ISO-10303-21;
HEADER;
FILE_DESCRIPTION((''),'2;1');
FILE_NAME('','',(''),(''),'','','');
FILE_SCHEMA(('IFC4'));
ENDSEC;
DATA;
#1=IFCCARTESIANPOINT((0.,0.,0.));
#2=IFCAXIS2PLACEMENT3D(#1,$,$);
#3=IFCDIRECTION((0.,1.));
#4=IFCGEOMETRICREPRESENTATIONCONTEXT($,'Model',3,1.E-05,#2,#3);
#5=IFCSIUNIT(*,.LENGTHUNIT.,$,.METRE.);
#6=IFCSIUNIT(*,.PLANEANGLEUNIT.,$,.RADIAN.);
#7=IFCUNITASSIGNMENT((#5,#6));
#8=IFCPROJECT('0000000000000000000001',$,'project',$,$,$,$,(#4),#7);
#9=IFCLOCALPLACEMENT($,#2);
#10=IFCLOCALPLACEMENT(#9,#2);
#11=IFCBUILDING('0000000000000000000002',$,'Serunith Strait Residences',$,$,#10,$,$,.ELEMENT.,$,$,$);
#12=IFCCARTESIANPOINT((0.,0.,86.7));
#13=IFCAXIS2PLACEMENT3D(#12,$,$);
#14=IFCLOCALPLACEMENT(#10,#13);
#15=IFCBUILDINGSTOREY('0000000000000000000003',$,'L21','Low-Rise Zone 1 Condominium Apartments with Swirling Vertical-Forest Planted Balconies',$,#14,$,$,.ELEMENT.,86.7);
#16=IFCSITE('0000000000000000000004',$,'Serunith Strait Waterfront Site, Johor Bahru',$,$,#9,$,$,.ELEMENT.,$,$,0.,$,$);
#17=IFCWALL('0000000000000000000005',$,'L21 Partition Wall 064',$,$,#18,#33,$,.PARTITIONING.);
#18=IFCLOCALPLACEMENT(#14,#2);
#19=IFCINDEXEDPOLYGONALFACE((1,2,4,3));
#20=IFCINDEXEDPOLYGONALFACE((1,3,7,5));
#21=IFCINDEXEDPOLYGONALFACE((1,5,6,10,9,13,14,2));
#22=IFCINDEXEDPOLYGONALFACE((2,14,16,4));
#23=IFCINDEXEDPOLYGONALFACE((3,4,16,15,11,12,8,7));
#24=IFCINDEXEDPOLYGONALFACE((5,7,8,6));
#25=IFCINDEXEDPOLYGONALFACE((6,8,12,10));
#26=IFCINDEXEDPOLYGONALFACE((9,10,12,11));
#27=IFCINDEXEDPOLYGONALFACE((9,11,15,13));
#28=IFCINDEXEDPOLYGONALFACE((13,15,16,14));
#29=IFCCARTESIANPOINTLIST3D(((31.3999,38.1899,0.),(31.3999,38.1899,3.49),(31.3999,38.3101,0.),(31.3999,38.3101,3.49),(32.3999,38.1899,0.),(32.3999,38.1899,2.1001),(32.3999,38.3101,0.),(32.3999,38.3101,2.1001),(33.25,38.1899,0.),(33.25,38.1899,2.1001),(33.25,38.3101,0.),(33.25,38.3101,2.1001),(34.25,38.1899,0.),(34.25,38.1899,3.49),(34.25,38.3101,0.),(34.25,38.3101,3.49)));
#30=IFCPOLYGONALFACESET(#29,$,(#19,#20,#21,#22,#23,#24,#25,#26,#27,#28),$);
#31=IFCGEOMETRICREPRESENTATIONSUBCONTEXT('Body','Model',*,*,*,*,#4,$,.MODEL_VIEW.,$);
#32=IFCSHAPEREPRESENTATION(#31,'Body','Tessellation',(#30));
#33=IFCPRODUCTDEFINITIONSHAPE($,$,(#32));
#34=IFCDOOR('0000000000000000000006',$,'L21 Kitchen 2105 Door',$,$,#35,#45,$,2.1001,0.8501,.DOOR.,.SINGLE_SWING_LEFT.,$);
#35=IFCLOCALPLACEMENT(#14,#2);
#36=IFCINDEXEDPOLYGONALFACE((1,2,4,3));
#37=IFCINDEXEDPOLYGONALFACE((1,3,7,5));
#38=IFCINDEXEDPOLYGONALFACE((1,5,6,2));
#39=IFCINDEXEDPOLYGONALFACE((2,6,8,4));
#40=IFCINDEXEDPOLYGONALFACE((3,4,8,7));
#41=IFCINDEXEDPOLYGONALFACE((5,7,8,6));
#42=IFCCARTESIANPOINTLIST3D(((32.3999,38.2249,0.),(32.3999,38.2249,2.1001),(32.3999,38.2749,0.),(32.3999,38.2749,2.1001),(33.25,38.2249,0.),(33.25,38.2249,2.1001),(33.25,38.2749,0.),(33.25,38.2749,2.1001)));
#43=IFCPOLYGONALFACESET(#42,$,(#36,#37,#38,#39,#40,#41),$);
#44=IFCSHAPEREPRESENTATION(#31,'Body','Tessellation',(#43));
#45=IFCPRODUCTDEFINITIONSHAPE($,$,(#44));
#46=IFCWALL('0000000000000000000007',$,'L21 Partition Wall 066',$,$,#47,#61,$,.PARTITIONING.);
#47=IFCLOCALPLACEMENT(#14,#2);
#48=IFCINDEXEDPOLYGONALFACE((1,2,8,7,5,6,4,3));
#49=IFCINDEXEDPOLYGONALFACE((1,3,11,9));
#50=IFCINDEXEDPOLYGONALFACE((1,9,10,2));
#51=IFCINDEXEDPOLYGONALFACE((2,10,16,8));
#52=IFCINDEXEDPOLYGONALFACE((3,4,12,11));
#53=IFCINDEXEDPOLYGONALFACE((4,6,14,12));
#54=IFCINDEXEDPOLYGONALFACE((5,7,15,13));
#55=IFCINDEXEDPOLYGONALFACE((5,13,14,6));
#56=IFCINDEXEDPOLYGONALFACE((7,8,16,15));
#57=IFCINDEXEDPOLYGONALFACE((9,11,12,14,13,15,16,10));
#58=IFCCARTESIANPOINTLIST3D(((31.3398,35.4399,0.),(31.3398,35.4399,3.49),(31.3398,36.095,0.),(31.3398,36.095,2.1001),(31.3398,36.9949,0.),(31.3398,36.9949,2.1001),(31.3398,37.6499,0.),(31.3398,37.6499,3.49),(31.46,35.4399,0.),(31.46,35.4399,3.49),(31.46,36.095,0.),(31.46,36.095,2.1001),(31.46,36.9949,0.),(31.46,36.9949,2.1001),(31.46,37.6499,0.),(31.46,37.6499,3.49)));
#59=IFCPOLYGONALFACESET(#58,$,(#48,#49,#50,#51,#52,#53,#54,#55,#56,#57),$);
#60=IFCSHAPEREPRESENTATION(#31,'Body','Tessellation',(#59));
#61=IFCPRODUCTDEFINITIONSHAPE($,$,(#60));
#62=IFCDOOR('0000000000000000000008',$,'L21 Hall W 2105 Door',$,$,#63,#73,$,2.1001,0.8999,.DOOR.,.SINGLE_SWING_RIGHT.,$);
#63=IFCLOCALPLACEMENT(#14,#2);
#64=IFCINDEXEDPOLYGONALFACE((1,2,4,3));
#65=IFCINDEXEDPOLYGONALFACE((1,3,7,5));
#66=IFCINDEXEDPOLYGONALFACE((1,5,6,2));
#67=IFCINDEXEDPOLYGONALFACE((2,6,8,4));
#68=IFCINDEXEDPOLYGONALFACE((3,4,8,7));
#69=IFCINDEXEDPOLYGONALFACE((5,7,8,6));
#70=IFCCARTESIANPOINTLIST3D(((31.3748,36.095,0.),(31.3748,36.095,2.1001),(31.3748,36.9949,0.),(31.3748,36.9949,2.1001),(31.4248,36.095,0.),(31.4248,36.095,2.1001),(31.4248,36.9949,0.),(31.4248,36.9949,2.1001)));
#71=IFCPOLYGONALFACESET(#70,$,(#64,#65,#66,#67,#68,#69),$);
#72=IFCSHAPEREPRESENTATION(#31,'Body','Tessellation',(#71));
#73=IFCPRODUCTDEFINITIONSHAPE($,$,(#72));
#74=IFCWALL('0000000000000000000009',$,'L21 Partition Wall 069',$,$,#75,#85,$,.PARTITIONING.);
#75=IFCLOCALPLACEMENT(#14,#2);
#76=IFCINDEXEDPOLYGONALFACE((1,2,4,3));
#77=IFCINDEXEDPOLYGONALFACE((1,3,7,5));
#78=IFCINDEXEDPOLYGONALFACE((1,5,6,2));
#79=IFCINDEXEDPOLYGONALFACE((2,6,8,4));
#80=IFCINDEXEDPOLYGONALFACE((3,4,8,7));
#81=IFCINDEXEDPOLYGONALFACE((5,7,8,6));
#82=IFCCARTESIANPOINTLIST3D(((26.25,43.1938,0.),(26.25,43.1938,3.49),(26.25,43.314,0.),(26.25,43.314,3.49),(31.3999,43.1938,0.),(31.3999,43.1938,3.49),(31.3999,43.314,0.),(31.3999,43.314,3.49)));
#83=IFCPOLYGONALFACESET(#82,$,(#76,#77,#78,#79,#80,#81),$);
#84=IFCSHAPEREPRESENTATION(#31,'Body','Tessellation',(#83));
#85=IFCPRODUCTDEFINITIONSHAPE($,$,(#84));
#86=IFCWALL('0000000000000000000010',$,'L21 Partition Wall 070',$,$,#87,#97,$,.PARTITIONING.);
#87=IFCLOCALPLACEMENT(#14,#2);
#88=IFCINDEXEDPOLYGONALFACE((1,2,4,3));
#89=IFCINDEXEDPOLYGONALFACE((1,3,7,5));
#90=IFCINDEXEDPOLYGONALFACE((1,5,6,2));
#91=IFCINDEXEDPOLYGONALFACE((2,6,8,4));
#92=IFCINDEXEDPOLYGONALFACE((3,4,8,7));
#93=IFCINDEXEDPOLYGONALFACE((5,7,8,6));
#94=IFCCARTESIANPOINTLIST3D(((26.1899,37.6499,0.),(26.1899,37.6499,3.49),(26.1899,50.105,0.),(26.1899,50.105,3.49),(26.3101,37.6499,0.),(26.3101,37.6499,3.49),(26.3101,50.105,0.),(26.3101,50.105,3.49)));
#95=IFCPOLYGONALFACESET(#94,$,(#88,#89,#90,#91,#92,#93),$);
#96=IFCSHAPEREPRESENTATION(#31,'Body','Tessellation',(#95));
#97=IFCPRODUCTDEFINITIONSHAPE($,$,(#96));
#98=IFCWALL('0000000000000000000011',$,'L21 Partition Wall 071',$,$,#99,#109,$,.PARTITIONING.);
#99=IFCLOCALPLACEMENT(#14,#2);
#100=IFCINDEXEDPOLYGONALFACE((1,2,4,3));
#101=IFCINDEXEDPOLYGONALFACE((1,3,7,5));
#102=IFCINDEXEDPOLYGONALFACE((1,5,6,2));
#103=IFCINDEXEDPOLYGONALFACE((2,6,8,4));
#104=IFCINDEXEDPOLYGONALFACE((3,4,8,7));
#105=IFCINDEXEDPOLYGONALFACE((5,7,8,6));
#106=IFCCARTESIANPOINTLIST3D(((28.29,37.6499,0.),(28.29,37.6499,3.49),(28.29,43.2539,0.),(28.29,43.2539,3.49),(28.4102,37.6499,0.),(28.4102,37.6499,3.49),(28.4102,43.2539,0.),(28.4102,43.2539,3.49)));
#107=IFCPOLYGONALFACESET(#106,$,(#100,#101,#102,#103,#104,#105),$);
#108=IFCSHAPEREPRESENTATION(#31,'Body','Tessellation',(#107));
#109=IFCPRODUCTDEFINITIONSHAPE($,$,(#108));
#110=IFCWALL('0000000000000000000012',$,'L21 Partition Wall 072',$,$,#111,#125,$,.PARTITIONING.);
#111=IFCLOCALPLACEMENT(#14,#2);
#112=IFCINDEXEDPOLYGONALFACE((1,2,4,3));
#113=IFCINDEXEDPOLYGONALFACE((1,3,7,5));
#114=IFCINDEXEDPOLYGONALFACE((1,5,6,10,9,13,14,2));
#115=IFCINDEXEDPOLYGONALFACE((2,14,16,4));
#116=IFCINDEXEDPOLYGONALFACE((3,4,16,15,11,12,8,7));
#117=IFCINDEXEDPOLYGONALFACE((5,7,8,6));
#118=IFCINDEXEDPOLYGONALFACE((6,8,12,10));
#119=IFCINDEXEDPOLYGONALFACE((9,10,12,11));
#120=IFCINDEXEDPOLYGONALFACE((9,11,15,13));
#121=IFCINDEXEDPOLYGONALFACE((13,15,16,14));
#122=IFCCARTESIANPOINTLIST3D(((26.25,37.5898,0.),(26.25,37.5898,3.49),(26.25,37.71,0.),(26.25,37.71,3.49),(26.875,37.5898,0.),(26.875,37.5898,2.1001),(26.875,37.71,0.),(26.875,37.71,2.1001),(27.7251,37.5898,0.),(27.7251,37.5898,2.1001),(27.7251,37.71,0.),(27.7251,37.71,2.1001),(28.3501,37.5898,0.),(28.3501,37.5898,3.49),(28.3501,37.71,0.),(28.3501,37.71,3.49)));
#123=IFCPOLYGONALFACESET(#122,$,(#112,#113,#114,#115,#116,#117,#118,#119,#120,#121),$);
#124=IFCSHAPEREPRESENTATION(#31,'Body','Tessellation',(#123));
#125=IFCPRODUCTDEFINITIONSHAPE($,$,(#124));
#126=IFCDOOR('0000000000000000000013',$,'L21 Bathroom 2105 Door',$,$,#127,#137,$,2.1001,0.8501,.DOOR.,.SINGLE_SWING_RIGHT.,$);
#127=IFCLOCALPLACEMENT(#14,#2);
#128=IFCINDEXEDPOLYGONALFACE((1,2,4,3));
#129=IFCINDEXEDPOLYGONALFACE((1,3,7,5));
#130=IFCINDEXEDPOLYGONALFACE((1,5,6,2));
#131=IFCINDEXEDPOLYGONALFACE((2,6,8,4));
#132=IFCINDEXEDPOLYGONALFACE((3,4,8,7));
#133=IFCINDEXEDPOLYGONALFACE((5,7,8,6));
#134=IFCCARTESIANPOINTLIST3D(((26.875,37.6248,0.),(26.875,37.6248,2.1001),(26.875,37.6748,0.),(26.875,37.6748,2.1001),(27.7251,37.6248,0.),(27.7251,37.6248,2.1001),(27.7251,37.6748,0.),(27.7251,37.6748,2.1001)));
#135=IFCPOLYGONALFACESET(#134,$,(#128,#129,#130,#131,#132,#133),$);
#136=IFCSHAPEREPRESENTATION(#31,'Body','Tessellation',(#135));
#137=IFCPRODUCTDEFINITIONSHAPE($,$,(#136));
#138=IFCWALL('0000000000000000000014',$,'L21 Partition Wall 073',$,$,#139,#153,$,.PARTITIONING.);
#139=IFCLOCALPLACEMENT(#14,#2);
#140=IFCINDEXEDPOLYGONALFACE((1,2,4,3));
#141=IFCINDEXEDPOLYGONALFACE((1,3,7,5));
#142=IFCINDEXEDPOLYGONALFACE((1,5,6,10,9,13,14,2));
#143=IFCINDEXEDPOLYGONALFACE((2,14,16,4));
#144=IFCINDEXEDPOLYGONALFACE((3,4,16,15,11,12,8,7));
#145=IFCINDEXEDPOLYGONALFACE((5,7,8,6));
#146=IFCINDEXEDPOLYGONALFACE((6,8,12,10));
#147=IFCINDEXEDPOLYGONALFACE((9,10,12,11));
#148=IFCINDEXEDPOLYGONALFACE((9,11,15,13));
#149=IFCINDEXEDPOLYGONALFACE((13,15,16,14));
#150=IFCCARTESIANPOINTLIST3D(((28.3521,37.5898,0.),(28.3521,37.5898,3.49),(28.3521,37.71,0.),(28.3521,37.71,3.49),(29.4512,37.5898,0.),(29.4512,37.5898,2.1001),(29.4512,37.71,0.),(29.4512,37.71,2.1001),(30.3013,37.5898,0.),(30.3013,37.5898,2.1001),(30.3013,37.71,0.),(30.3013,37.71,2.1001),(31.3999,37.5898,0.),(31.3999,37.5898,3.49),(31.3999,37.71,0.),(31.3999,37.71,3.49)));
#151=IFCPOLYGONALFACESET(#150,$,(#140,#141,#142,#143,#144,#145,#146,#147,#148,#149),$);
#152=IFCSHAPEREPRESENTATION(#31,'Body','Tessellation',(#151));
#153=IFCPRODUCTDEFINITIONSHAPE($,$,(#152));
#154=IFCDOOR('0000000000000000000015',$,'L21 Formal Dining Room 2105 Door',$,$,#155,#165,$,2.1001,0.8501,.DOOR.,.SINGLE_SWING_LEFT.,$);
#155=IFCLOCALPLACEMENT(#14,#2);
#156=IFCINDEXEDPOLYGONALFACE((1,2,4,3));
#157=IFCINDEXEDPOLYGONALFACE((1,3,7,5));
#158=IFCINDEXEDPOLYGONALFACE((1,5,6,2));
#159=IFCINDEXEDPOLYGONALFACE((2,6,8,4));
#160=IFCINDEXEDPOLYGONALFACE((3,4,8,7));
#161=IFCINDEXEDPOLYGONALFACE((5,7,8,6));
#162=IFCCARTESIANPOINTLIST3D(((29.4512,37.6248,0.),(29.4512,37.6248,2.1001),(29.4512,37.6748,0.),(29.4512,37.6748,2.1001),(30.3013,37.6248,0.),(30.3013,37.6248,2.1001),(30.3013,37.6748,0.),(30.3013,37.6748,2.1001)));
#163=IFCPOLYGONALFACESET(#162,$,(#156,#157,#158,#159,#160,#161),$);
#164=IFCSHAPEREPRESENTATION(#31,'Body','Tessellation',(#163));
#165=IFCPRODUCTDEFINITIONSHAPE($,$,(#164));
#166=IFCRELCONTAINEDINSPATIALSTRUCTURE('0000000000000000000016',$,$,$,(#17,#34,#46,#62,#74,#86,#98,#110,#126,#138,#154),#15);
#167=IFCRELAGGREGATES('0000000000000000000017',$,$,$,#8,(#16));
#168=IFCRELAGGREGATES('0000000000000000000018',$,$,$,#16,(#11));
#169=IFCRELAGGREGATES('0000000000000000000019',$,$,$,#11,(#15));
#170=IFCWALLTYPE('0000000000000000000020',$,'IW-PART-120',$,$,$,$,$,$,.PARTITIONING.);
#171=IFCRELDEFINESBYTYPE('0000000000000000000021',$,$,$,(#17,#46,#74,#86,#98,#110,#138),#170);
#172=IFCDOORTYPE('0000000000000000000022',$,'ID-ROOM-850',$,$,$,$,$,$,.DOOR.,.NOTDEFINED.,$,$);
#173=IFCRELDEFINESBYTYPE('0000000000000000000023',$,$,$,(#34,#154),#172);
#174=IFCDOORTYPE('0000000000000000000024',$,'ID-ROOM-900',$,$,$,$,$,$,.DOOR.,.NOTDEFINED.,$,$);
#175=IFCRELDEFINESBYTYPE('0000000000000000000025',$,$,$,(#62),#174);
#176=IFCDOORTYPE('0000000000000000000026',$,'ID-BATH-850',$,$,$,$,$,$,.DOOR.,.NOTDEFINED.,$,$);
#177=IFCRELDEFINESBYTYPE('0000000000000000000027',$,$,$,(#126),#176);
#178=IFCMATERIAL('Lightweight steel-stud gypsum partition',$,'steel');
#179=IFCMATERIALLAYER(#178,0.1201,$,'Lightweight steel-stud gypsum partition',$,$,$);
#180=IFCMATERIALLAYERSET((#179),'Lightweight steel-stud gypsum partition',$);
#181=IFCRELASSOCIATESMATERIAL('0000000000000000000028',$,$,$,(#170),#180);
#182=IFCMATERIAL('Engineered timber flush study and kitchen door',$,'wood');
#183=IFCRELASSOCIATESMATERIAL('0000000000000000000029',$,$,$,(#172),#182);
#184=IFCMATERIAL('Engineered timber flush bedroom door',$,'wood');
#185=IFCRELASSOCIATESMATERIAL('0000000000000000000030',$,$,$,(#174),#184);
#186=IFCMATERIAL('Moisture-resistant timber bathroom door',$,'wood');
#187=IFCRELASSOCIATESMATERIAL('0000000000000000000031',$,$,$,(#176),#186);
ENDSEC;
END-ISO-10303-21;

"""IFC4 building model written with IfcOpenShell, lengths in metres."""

from ifc_helpers import new_model, si_unit, direction, frame, frame_2d, origin, place, context, subcontext, project, spatial, rectangle, extrude, source, transform, mapped, material, layer, layer_set, type_object, element, fill, save


model = new_model("IFC4")

# Units and contexts
model_context = context("Model", 3, precision=1e-05, world=origin(), true_north=direction((0.0, 1.0)))
body_context = subcontext(model_context, "Body", "Model", "MODEL_VIEW")
ifc_project = project(units=[si_unit("LENGTHUNIT", "METRE"), si_unit("PLANEANGLEUNIT", "RADIAN")], contexts=[model_context])

# Site, building, storey
site_placement = place(None, origin())
site = spatial("IfcSite", under=ifc_project, at=site_placement, Name="Serunith Strait Waterfront Site, Johor Bahru", CompositionType="ELEMENT", RefElevation=0.0)
building_placement = place(site_placement, origin())
building = spatial("IfcBuilding", under=site, at=building_placement, Name="Serunith Strait Residences", CompositionType="ELEMENT")
storey_placement = place(building_placement, frame((0.0, 0.0, 86.7)))
storey = spatial("IfcBuildingStorey", under=building, at=storey_placement, Name="L21", Description="Low-Rise Zone 1 Condominium Apartments with Swirling Vertical-Forest Planted Balconies", CompositionType="ELEMENT", Elevation=86.7)

# Walls, openings, doors
ifc_material_1 = material(Name="Lightweight steel-stud gypsum partition", Category="steel")
ifc_layer_1 = layer(ifc_material_1, 0.1201, Name="Lightweight steel-stud gypsum partition")
ifc_layer_set_1 = layer_set([ifc_layer_1], Name="Lightweight steel-stud gypsum partition")
wall_type = type_object("IfcWallType", Name="IW-PART-120", PredefinedType="PARTITIONING", material=ifc_layer_set_1)
wall_1_placement = place(storey_placement, frame((31.3999, 38.25, 0.0), z_axis=(0.0, 0.0, 1.0), x_axis=(1.0, 0.0, 0.0)))
wall_1 = element("IfcWall", 1, at=wall_1_placement, inside=storey, type_object=wall_type, Name="L21 Partition Wall 064", PredefinedType="PARTITIONING", context=body_context, shape_type="SweptSolid", body=[
    extrude(rectangle(XDim=2.8501, YDim=0.1201, at=frame_2d((1.425, 0.0))), origin(), (0.0, 0.0, 1.0), 3.49),
])
opening_1_placement = place(wall_1_placement, frame((1.0, 0.0, 0.0)))
opening_1 = element("IfcOpeningElement", 2, at=opening_1_placement, cuts=wall_1, PredefinedType="OPENING", context=body_context, shape_type="SweptSolid", body=[
    extrude(rectangle(XDim=0.8501, YDim=2.1001, at=frame_2d((0.425, 1.05))), frame((0.0, 0.0701, 0.0), z_axis=(0.0, -1.0, 0.0), x_axis=(1.0, 0.0, 0.0)), (0.0, 0.0, 1.0), 0.1401),
])
ifc_material_2 = material(Name="Engineered timber flush study and kitchen door", Category="wood")
door_type_1 = type_object("IfcDoorType", Name="ID-ROOM-850", OperationType="NOTDEFINED", PredefinedType="DOOR", material=ifc_material_2)
shared_shape_1 = source(origin(), body_context, "Body", "SweptSolid", [
    extrude(rectangle(XDim=0.8501, YDim=2.1001, at=frame_2d((0.425, 1.05))), frame((0.0, 0.0249, 0.0), z_axis=(0.0, -1.0, 0.0), x_axis=(1.0, 0.0, 0.0)), (0.0, 0.0, 1.0), 0.05),
])
door_1_placement = place(opening_1_placement, origin())
door_1 = element("IfcDoor", 3, at=door_1_placement, inside=storey, type_object=door_type_1, Name="L21 Kitchen 2105 Door", OperationType="SINGLE_SWING_LEFT", OverallHeight=2.1001, OverallWidth=0.8501, PredefinedType="DOOR", context=body_context, shape_type="MappedRepresentation", body=[
    mapped(shared_shape_1, transform((0.0, 0.0, 0.0), scale=1.0)),
])
fill(opening_1, door_1)
wall_2_placement = place(storey_placement, frame((31.3999, 37.6499, 0.0), z_axis=(0.0, 0.0, 1.0), x_axis=(0.0, -1.0, 0.0)))
wall_2 = element("IfcWall", 4, at=wall_2_placement, inside=storey, type_object=wall_type, Name="L21 Partition Wall 066", PredefinedType="PARTITIONING", context=body_context, shape_type="SweptSolid", body=[
    extrude(rectangle(XDim=2.21, YDim=0.1201, at=frame_2d((1.105, 0.0))), origin(), (0.0, 0.0, 1.0), 3.49),
])
opening_2_placement = place(wall_2_placement, frame((0.655, 0.0, 0.0)))
opening_2 = element("IfcOpeningElement", 5, at=opening_2_placement, cuts=wall_2, PredefinedType="OPENING", context=body_context, shape_type="SweptSolid", body=[
    extrude(rectangle(XDim=0.8999, YDim=2.1001, at=frame_2d((0.45, 1.05))), frame((0.0, 0.0701, 0.0), z_axis=(0.0, -1.0, 0.0), x_axis=(1.0, 0.0, 0.0)), (0.0, 0.0, 1.0), 0.1401),
])
ifc_material_3 = material(Name="Engineered timber flush bedroom door", Category="wood")
door_type_2 = type_object("IfcDoorType", Name="ID-ROOM-900", OperationType="NOTDEFINED", PredefinedType="DOOR", material=ifc_material_3)
shared_shape_2 = source(origin(), body_context, "Body", "SweptSolid", [
    extrude(rectangle(XDim=0.8999, YDim=2.1001, at=frame_2d((0.45, 1.05))), frame((0.0, 0.0249, 0.0), z_axis=(0.0, -1.0, 0.0), x_axis=(1.0, 0.0, 0.0)), (0.0, 0.0, 1.0), 0.05),
])
door_2_placement = place(opening_2_placement, origin())
door_2 = element("IfcDoor", 6, at=door_2_placement, inside=storey, type_object=door_type_2, Name="L21 Hall W 2105 Door", OperationType="SINGLE_SWING_RIGHT", OverallHeight=2.1001, OverallWidth=0.8999, PredefinedType="DOOR", context=body_context, shape_type="MappedRepresentation", body=[
    mapped(shared_shape_2, transform((0.0, 0.0, 0.0), scale=1.0)),
])
fill(opening_2, door_2)

# Walls
wall_3_placement = place(storey_placement, frame((26.25, 43.2539, 0.0), z_axis=(0.0, 0.0, 1.0), x_axis=(1.0, 0.0, 0.0)))
element("IfcWall", 7, at=wall_3_placement, inside=storey, type_object=wall_type, Name="L21 Partition Wall 069", PredefinedType="PARTITIONING", context=body_context, shape_type="SweptSolid", body=[
    extrude(rectangle(XDim=5.1499, YDim=0.1201, at=frame_2d((2.575, 0.0))), origin(), (0.0, 0.0, 1.0), 3.49),
])
wall_4_placement = place(storey_placement, frame((26.25, 50.105, 0.0), z_axis=(0.0, 0.0, 1.0), x_axis=(0.0, -1.0, 0.0)))
element("IfcWall", 8, at=wall_4_placement, inside=storey, type_object=wall_type, Name="L21 Partition Wall 070", PredefinedType="PARTITIONING", context=body_context, shape_type="SweptSolid", body=[
    extrude(rectangle(XDim=12.4551, YDim=0.1201, at=frame_2d((6.2275, 0.0))), origin(), (0.0, 0.0, 1.0), 3.49),
])
wall_5_placement = place(storey_placement, frame((28.3501, 43.2539, 0.0), z_axis=(0.0, 0.0, 1.0), x_axis=(0.0, -1.0, 0.0)))
element("IfcWall", 9, at=wall_5_placement, inside=storey, type_object=wall_type, Name="L21 Partition Wall 071", PredefinedType="PARTITIONING", context=body_context, shape_type="SweptSolid", body=[
    extrude(rectangle(XDim=5.604, YDim=0.1201, at=frame_2d((2.802, 0.0))), origin(), (0.0, 0.0, 1.0), 3.49),
])

# Walls, openings, doors
wall_6_placement = place(storey_placement, frame((26.25, 37.6499, 0.0), z_axis=(0.0, 0.0, 1.0), x_axis=(1.0, 0.0, 0.0)))
wall_6 = element("IfcWall", 10, at=wall_6_placement, inside=storey, type_object=wall_type, Name="L21 Partition Wall 072", PredefinedType="PARTITIONING", context=body_context, shape_type="SweptSolid", body=[
    extrude(rectangle(XDim=2.1001, YDim=0.1201, at=frame_2d((1.05, 0.0))), origin(), (0.0, 0.0, 1.0), 3.49),
])
opening_3_placement = place(wall_6_placement, frame((0.625, 0.0, 0.0)))
opening_3 = element("IfcOpeningElement", 11, at=opening_3_placement, cuts=wall_6, PredefinedType="OPENING", context=body_context, shape_type="SweptSolid", body=[
    extrude(rectangle(XDim=0.8501, YDim=2.1001, at=frame_2d((0.425, 1.05))), frame((0.0, 0.0701, 0.0), z_axis=(0.0, -1.0, 0.0), x_axis=(1.0, 0.0, 0.0)), (0.0, 0.0, 1.0), 0.1401),
])
ifc_material_4 = material(Name="Moisture-resistant timber bathroom door", Category="wood")
door_type_3 = type_object("IfcDoorType", Name="ID-BATH-850", OperationType="NOTDEFINED", PredefinedType="DOOR", material=ifc_material_4)
door_3_placement = place(opening_3_placement, origin())
door_3 = element("IfcDoor", 12, at=door_3_placement, inside=storey, type_object=door_type_3, Name="L21 Bathroom 2105 Door", OperationType="SINGLE_SWING_RIGHT", OverallHeight=2.1001, OverallWidth=0.8501, PredefinedType="DOOR", context=body_context, shape_type="MappedRepresentation", body=[
    mapped(shared_shape_1, transform((0.0, 0.0, 0.0), scale=1.0)),
])
fill(opening_3, door_3)
wall_7_placement = place(storey_placement, frame((28.3521, 37.6499, 0.0), z_axis=(0.0, 0.0, 1.0), x_axis=(1.0, 0.0, 0.0)))
wall_7 = element("IfcWall", 13, at=wall_7_placement, inside=storey, type_object=wall_type, Name="L21 Partition Wall 073", PredefinedType="PARTITIONING", context=body_context, shape_type="SweptSolid", body=[
    extrude(rectangle(XDim=3.0479, YDim=0.1201, at=frame_2d((1.5239, 0.0))), origin(), (0.0, 0.0, 1.0), 3.49),
])
opening_4_placement = place(wall_7_placement, frame((1.0991, 0.0, 0.0)))
opening_4 = element("IfcOpeningElement", 14, at=opening_4_placement, cuts=wall_7, PredefinedType="OPENING", context=body_context, shape_type="SweptSolid", body=[
    extrude(rectangle(XDim=0.8501, YDim=2.1001, at=frame_2d((0.425, 1.05))), frame((0.0, 0.0701, 0.0), z_axis=(0.0, -1.0, 0.0), x_axis=(1.0, 0.0, 0.0)), (0.0, 0.0, 1.0), 0.1401),
])
door_4_placement = place(opening_4_placement, origin())
door_4 = element("IfcDoor", 15, at=door_4_placement, inside=storey, type_object=door_type_1, Name="L21 Formal Dining Room 2105 Door", OperationType="SINGLE_SWING_LEFT", OverallHeight=2.1001, OverallWidth=0.8501, PredefinedType="DOOR", context=body_context, shape_type="MappedRepresentation", body=[
    mapped(shared_shape_1, transform((0.0, 0.0, 0.0), scale=1.0)),
])
fill(opening_4, door_4)

save(model, "model.ifc")
